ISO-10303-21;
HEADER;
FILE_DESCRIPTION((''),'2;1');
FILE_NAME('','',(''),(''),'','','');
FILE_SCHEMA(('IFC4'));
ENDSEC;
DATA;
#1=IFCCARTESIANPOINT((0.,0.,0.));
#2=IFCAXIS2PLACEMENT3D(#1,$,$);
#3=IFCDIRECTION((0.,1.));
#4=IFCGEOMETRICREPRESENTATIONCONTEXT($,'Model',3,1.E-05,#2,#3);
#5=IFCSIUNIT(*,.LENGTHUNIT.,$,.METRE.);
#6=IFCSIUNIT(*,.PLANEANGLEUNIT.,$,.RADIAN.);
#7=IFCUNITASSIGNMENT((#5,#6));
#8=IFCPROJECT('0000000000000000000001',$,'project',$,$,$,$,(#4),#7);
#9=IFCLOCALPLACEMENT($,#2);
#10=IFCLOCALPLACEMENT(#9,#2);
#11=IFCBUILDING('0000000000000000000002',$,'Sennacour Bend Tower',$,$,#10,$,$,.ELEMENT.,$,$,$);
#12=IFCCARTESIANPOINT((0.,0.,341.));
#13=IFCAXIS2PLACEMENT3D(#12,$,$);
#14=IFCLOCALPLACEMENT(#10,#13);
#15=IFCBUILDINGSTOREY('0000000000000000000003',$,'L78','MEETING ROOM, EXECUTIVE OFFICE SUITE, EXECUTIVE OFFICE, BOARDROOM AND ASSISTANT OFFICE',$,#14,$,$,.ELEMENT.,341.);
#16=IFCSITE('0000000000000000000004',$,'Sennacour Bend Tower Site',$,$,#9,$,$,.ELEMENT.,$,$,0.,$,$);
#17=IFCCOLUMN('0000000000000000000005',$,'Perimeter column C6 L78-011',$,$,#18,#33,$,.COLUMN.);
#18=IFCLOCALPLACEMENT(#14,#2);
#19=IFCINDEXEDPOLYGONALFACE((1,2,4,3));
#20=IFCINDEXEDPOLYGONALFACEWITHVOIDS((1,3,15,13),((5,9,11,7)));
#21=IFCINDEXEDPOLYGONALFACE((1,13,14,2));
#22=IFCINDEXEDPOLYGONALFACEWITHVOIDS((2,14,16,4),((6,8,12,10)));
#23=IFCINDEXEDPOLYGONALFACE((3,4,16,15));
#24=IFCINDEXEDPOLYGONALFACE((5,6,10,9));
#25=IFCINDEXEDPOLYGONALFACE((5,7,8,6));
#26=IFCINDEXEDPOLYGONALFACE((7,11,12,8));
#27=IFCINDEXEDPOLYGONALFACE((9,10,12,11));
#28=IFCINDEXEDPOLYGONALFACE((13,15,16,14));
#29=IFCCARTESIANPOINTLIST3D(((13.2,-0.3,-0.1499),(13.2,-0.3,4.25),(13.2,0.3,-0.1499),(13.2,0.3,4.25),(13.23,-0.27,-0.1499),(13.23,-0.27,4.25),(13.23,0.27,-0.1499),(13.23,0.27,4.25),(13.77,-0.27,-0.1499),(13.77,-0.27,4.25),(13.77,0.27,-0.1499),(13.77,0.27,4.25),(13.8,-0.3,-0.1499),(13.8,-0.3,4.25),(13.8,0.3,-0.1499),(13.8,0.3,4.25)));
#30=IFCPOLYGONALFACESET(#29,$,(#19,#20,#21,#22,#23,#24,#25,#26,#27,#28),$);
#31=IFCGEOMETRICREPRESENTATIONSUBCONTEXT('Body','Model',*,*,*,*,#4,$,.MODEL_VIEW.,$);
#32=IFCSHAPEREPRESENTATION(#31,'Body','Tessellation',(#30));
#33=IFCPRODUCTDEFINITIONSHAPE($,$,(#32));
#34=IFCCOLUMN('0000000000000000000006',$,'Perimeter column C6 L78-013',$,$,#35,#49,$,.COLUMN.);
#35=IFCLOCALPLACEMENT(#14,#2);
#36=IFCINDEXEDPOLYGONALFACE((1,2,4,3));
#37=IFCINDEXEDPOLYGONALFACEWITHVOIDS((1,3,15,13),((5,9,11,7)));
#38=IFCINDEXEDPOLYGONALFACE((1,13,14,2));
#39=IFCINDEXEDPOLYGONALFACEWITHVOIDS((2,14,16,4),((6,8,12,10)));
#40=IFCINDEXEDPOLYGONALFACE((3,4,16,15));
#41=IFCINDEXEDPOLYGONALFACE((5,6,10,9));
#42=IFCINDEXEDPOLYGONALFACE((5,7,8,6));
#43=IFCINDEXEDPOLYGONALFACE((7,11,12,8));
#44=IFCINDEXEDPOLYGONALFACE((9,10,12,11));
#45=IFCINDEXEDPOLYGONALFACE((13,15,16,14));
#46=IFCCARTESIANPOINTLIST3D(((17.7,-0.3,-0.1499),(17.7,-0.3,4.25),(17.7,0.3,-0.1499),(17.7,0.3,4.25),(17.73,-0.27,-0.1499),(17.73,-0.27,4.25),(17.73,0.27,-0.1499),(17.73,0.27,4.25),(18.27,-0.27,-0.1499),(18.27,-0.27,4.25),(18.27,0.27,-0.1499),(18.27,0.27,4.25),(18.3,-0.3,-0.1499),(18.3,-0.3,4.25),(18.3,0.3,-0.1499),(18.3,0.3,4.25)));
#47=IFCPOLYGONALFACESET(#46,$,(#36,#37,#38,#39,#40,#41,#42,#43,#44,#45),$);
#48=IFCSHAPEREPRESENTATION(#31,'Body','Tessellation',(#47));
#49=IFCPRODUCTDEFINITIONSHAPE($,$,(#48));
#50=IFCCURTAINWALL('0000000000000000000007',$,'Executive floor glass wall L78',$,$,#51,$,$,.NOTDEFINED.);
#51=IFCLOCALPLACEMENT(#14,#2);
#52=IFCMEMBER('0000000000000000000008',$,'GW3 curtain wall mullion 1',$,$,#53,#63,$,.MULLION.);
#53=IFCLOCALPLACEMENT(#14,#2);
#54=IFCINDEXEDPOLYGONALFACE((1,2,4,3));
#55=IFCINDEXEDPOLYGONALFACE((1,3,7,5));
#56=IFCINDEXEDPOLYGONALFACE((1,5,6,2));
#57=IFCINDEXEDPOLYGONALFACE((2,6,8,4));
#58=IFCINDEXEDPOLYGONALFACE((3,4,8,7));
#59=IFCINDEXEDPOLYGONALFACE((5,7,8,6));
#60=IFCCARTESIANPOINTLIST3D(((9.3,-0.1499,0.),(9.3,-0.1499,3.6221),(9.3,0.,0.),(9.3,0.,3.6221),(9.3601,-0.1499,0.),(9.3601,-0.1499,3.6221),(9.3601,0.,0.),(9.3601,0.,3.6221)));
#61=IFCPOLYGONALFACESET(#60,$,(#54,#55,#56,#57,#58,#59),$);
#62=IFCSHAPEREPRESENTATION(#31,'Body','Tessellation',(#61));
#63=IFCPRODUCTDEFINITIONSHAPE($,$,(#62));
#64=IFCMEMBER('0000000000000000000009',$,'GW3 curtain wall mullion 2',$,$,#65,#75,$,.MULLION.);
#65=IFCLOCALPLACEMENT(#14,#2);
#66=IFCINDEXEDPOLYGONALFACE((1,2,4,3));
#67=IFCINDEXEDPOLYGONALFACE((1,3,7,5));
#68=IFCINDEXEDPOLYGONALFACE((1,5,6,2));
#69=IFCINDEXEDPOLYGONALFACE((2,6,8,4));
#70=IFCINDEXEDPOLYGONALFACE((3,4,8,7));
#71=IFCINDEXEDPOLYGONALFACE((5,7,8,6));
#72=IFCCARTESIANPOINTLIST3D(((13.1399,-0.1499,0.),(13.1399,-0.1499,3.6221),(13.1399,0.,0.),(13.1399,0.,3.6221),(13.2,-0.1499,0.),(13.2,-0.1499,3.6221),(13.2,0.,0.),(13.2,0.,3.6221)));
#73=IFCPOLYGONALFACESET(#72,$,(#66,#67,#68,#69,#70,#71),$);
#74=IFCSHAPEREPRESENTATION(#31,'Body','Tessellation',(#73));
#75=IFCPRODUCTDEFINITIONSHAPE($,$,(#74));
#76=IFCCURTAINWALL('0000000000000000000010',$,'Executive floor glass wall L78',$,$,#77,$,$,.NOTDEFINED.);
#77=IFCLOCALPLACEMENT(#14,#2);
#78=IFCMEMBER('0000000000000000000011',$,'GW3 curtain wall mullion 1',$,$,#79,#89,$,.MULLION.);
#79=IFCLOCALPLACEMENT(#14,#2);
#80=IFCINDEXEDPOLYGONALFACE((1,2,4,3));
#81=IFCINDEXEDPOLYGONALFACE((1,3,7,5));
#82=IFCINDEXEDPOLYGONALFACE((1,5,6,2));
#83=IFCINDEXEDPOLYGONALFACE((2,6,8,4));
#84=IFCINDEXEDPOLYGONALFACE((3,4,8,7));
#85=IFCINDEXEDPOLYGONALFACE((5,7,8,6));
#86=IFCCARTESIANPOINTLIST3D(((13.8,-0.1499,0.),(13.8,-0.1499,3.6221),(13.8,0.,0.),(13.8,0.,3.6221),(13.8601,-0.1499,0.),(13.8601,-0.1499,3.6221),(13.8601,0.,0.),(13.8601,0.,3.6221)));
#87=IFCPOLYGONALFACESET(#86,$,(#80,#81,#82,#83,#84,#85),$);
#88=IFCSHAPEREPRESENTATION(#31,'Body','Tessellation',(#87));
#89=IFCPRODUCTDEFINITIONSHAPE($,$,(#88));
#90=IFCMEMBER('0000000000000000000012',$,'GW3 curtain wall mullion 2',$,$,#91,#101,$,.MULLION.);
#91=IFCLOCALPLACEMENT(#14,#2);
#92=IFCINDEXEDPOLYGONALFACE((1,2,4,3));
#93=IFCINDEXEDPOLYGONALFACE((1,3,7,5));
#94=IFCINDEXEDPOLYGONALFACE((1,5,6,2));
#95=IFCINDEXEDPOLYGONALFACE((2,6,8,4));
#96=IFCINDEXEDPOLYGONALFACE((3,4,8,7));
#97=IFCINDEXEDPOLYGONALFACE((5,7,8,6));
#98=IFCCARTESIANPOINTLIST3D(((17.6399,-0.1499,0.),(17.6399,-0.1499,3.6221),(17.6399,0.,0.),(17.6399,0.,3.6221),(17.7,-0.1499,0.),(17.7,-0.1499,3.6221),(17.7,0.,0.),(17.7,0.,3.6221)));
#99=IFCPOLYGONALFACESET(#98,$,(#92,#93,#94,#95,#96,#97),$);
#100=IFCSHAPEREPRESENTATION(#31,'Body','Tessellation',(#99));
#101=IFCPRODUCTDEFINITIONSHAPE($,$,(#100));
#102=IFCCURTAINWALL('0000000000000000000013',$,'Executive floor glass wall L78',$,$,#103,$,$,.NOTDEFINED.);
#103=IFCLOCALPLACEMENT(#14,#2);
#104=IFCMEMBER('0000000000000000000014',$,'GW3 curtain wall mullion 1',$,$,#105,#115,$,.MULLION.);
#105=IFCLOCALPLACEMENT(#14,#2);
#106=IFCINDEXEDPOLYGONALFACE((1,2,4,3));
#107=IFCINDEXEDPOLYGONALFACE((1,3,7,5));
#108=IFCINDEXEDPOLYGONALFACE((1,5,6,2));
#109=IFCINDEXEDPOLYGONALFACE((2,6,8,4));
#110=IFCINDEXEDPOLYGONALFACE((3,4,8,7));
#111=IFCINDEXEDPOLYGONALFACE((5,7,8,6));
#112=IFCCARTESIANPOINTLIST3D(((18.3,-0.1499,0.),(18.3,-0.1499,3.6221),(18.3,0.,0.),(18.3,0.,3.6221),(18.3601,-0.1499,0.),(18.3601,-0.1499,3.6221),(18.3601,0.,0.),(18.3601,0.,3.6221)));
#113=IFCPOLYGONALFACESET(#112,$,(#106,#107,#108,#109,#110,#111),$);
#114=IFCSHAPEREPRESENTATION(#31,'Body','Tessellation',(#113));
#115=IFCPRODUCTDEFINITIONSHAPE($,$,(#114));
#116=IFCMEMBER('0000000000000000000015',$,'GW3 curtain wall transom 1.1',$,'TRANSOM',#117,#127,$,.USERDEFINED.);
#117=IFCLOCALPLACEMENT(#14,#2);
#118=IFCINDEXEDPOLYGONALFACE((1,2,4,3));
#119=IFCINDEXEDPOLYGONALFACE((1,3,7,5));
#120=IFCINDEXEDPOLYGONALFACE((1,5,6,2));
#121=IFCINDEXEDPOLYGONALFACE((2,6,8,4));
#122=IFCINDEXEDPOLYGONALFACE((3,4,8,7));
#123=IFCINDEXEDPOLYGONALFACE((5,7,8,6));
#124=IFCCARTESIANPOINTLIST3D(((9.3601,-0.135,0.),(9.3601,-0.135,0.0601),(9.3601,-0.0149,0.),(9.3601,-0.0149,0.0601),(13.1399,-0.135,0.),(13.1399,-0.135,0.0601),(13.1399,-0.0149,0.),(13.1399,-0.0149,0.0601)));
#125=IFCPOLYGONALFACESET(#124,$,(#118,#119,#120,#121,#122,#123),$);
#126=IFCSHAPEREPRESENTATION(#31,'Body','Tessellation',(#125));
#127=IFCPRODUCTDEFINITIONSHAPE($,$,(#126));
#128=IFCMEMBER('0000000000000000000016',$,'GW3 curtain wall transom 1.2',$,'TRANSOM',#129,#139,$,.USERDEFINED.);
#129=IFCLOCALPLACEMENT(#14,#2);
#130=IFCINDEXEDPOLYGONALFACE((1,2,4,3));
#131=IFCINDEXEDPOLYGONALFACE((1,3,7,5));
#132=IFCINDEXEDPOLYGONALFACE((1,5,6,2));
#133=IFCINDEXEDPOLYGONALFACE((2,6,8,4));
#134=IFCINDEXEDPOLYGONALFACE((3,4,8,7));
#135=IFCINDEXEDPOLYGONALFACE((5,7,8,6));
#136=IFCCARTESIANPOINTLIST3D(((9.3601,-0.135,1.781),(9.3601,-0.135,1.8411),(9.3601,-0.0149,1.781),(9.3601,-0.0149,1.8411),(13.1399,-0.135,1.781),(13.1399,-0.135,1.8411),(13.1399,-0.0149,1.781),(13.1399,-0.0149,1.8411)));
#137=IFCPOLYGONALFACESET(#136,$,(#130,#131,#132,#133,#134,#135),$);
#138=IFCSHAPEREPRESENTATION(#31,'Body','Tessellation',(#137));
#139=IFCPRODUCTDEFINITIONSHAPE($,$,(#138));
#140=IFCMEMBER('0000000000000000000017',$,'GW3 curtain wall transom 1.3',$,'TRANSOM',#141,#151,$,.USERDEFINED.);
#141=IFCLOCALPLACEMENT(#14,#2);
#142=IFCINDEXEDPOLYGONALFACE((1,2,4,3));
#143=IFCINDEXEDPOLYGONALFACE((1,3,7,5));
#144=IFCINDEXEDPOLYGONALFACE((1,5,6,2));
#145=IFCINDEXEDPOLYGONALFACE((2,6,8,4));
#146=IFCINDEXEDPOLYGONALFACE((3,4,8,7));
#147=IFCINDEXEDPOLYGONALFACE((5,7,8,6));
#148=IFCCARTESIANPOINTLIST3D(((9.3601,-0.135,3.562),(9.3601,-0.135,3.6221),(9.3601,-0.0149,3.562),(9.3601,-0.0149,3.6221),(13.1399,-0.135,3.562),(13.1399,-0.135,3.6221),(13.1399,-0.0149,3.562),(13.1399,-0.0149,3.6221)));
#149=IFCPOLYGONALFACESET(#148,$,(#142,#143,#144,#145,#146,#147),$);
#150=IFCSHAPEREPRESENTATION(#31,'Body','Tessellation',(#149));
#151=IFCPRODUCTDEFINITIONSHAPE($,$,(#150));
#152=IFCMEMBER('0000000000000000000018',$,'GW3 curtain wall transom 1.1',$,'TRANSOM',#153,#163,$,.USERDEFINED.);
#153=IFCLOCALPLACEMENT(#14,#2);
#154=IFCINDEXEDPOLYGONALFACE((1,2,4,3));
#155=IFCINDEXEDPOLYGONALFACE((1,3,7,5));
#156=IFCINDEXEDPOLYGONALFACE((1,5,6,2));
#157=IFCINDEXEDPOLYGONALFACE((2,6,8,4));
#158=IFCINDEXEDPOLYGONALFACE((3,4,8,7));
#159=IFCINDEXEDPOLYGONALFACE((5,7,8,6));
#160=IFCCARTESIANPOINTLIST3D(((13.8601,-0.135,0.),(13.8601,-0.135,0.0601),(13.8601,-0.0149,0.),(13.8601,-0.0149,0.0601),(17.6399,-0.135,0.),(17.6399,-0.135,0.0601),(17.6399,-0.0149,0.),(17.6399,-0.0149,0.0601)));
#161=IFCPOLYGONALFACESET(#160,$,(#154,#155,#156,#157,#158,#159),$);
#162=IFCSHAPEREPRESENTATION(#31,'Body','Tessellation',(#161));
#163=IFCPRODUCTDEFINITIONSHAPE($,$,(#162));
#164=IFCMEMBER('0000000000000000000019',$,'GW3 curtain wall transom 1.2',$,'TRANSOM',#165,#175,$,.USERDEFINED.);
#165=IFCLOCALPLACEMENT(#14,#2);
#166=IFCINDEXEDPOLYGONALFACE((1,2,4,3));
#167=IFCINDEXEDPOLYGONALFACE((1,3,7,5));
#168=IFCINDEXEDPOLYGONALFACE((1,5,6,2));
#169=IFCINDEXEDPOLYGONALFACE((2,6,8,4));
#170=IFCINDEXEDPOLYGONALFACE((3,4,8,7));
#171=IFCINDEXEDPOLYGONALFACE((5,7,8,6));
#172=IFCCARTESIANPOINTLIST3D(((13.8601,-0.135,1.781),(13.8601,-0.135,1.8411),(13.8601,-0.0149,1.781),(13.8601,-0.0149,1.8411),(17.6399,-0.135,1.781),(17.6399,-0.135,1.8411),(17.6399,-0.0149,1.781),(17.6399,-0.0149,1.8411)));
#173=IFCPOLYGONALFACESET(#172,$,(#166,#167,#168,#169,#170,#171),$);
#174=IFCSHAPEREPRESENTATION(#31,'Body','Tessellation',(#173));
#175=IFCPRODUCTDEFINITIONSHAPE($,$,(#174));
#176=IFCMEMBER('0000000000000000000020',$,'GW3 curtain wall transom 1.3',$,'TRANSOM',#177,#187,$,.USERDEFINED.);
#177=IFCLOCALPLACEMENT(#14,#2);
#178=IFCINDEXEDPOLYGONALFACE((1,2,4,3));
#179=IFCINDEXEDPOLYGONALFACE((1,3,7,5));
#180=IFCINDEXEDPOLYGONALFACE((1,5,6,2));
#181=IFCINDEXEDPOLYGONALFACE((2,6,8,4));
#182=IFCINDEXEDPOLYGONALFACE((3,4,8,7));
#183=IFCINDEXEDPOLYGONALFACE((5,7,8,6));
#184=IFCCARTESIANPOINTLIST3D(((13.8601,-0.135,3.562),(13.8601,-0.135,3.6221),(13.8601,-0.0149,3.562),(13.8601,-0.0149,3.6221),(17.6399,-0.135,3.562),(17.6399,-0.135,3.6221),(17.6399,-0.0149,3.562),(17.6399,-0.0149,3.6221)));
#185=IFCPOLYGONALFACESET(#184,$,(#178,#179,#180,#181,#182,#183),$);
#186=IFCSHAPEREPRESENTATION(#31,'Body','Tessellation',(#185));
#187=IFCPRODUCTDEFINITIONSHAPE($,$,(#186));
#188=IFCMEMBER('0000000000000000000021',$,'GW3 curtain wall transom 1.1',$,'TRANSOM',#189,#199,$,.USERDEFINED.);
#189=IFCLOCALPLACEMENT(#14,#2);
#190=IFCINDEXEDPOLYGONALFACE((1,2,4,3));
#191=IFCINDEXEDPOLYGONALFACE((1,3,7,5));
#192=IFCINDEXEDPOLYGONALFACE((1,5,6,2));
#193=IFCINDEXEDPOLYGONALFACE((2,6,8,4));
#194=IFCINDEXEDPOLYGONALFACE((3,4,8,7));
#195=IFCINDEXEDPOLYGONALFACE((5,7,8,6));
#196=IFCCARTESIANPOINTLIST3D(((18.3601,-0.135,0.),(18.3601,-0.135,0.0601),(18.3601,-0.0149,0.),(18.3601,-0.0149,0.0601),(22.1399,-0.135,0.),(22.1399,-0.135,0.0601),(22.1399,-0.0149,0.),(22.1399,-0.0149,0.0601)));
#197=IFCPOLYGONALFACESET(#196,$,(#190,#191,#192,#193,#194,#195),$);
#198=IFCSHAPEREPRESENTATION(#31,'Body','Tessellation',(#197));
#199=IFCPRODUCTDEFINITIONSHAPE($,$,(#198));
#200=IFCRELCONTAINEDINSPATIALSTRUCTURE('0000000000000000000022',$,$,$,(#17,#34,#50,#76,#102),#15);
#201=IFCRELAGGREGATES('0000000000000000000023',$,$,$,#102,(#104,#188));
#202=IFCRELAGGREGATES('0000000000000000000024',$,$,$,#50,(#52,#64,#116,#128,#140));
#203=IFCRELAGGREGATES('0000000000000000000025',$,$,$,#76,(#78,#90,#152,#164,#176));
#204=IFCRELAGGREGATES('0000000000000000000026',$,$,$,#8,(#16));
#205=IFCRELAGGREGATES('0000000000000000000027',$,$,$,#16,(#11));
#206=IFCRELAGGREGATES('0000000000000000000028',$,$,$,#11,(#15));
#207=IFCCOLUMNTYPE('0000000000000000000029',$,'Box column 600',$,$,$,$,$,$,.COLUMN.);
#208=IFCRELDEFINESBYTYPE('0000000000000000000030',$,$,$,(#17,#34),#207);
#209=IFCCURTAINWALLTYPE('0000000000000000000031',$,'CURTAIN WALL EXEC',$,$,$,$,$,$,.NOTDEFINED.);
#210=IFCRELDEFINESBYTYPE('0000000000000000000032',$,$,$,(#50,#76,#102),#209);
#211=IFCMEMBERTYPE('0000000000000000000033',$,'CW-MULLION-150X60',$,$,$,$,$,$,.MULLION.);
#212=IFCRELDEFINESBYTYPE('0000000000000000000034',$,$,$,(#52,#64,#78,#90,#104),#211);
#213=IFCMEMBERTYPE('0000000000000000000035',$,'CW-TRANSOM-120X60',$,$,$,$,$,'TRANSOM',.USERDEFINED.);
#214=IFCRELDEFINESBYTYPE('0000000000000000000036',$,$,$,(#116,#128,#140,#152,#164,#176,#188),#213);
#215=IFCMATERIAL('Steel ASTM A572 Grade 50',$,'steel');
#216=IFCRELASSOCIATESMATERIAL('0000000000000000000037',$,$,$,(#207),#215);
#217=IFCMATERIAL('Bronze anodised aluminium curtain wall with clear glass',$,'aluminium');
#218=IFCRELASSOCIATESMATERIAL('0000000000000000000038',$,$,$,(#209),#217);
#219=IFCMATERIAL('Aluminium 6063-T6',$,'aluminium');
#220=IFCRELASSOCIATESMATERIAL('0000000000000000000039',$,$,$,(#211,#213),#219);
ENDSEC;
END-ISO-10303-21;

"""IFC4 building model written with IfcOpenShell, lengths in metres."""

from ifc_helpers import new_model, si_unit, direction, frame, origin, origin_2d, place, context, subcontext, project, spatial, rectangle, hollow_rectangle, extrude, material, material_profile, profile_set, type_object, element, aggregate, save


model = new_model("IFC4")

# Units and contexts
model_context = context("Model", 3, precision=1e-05, world=origin(), true_north=direction((0.0, 1.0)))
body_context = subcontext(model_context, "Body", "Model", "MODEL_VIEW")
ifc_project = project(units=[si_unit("LENGTHUNIT", "METRE"), si_unit("PLANEANGLEUNIT", "RADIAN")], contexts=[model_context])

# Site, building, storey
site_placement = place(None, origin())
site = spatial("IfcSite", under=ifc_project, at=site_placement, Name="Sennacour Bend Tower Site", CompositionType="ELEMENT", RefElevation=0.0)
building_placement = place(site_placement, origin())
building = spatial("IfcBuilding", under=site, at=building_placement, Name="Sennacour Bend Tower", CompositionType="ELEMENT")
storey_placement = place(building_placement, frame((0.0, 0.0, 341.0)))
storey = spatial("IfcBuildingStorey", under=building, at=storey_placement, Name="L78", Description="MEETING ROOM, EXECUTIVE OFFICE SUITE, EXECUTIVE OFFICE, BOARDROOM AND ASSISTANT OFFICE", CompositionType="ELEMENT", Elevation=341.0)

# Columns
ifc_material_1 = material(Name="Steel ASTM A572 Grade 50", Category="steel")
ifc_material_profile_1 = material_profile(ifc_material_1, hollow_rectangle(XDim=0.6001, YDim=0.6001, WallThickness=0.03, at=origin_2d()), Name="Steel ASTM A572 Grade 50", Category="steel")
ifc_profile_set_1 = profile_set([ifc_material_profile_1], Name="Steel ASTM A572 Grade 50")
column_type = type_object("IfcColumnType", Name="Box column 600", PredefinedType="COLUMN", material=ifc_profile_set_1)
for number, where, z_axis, x_axis, name in (
    (1, (13.5, 0.0, -0.1499), (0.0, 0.0, 1.0), (1.0, 0.0, 0.0), "Perimeter column C6 L78-011"),
    (2, (18.0, 0.0, -0.1499), (0.0, 0.0, 1.0), (1.0, 0.0, 0.0), "Perimeter column C6 L78-013"),
):
    element("IfcColumn", number, at=place(storey_placement, frame(where, z_axis=z_axis, x_axis=x_axis)), inside=storey, type_object=column_type, Name=name, PredefinedType="COLUMN", context=body_context, shape_type="SweptSolid", body=[
        extrude(hollow_rectangle(XDim=0.6001, YDim=0.6001, WallThickness=0.03, at=origin_2d()), origin(), (0.0, 0.0, 1.0), 4.3999),
    ])

# Curtain walls, members
ifc_material_2 = material(Name="Bronze anodised aluminium curtain wall with clear glass", Category="aluminium")
curtain_wall_type = type_object("IfcCurtainWallType", Name="CURTAIN WALL EXEC", PredefinedType="NOTDEFINED", material=ifc_material_2)
curtain_wall_1_placement = place(storey_placement, origin())
curtain_wall_1 = element("IfcCurtainWall", 3, at=curtain_wall_1_placement, inside=storey, type_object=curtain_wall_type, Name="Executive floor glass wall L78", PredefinedType="NOTDEFINED")
ifc_material_3 = material(Name="Aluminium 6063-T6", Category="aluminium")
ifc_material_profile_2 = material_profile(ifc_material_3, rectangle(XDim=0.1499, YDim=0.0601, at=origin_2d()), Name="Aluminium 6063-T6", Category="aluminium")
ifc_profile_set_2 = profile_set([ifc_material_profile_2], Name="Aluminium 6063-T6")
member_type_1 = type_object("IfcMemberType", Name="CW-MULLION-150X60", PredefinedType="MULLION", material=ifc_profile_set_2)
member_1_placement = place(storey_placement, frame((9.3301, -0.075, 0.0), z_axis=(0.0, 0.0, 1.0), x_axis=(0.0, 1.0, 0.0)))
member_1 = element("IfcMember", 4, at=member_1_placement, type_object=member_type_1, Name="GW3 curtain wall mullion 1", PredefinedType="MULLION", context=body_context, shape_type="SweptSolid", body=[
    extrude(rectangle(XDim=0.1499, YDim=0.0601, at=origin_2d()), origin(), (0.0, 0.0, 1.0), 3.6221),
])
member_2_placement = place(storey_placement, frame((13.1699, -0.075, 0.0), z_axis=(0.0, 0.0, 1.0), x_axis=(0.0, 1.0, 0.0)))
member_2 = element("IfcMember", 5, at=member_2_placement, type_object=member_type_1, Name="GW3 curtain wall mullion 2", PredefinedType="MULLION", context=body_context, shape_type="SweptSolid", body=[
    extrude(rectangle(XDim=0.1499, YDim=0.0601, at=origin_2d()), origin(), (0.0, 0.0, 1.0), 3.6221),
])
curtain_wall_2_placement = place(storey_placement, origin())
curtain_wall_2 = element("IfcCurtainWall", 6, at=curtain_wall_2_placement, inside=storey, type_object=curtain_wall_type, Name="Executive floor glass wall L78", PredefinedType="NOTDEFINED")
member_3_placement = place(storey_placement, frame((13.8301, -0.075, 0.0), z_axis=(0.0, 0.0, 1.0), x_axis=(0.0, 1.0, 0.0)))
member_3 = element("IfcMember", 7, at=member_3_placement, type_object=member_type_1, Name="GW3 curtain wall mullion 1", PredefinedType="MULLION", context=body_context, shape_type="SweptSolid", body=[
    extrude(rectangle(XDim=0.1499, YDim=0.0601, at=origin_2d()), origin(), (0.0, 0.0, 1.0), 3.6221),
])
member_4_placement = place(storey_placement, frame((17.6699, -0.075, 0.0), z_axis=(0.0, 0.0, 1.0), x_axis=(0.0, 1.0, 0.0)))
member_4 = element("IfcMember", 8, at=member_4_placement, type_object=member_type_1, Name="GW3 curtain wall mullion 2", PredefinedType="MULLION", context=body_context, shape_type="SweptSolid", body=[
    extrude(rectangle(XDim=0.1499, YDim=0.0601, at=origin_2d()), origin(), (0.0, 0.0, 1.0), 3.6221),
])

# Curtain wall, member
curtain_wall_3_placement = place(storey_placement, origin())
curtain_wall_3 = element("IfcCurtainWall", 9, at=curtain_wall_3_placement, inside=storey, type_object=curtain_wall_type, Name="Executive floor glass wall L78", PredefinedType="NOTDEFINED")
member_5_placement = place(storey_placement, frame((18.3301, -0.075, 0.0), z_axis=(0.0, 0.0, 1.0), x_axis=(0.0, 1.0, 0.0)))
member_5 = element("IfcMember", 10, at=member_5_placement, type_object=member_type_1, Name="GW3 curtain wall mullion 1", PredefinedType="MULLION", context=body_context, shape_type="SweptSolid", body=[
    extrude(rectangle(XDim=0.1499, YDim=0.0601, at=origin_2d()), origin(), (0.0, 0.0, 1.0), 3.6221),
])

# Members
ifc_material_profile_3 = material_profile(ifc_material_3, rectangle(XDim=0.1201, YDim=0.0601, at=origin_2d()), Name="Aluminium 6063-T6", Category="aluminium")
ifc_profile_set_3 = profile_set([ifc_material_profile_3], Name="Aluminium 6063-T6")
member_type_2 = type_object("IfcMemberType", Name="CW-TRANSOM-120X60", ElementType="TRANSOM", PredefinedType="USERDEFINED", material=ifc_profile_set_3)
member_6_placement = place(storey_placement, frame((9.3601, -0.075, 0.03), z_axis=(1.0, 0.0, 0.0), x_axis=(0.0, 1.0, 0.0)))
member_6 = element("IfcMember", 11, at=member_6_placement, type_object=member_type_2, Name="GW3 curtain wall transom 1.1", ObjectType="TRANSOM", PredefinedType="USERDEFINED", context=body_context, shape_type="SweptSolid", body=[
    extrude(rectangle(XDim=0.1201, YDim=0.0601, at=origin_2d()), origin(), (0.0, 0.0, 1.0), 3.7798),
])
member_7_placement = place(storey_placement, frame((9.3601, -0.075, 1.811), z_axis=(1.0, 0.0, 0.0), x_axis=(0.0, 1.0, 0.0)))
member_7 = element("IfcMember", 12, at=member_7_placement, type_object=member_type_2, Name="GW3 curtain wall transom 1.2", ObjectType="TRANSOM", PredefinedType="USERDEFINED", context=body_context, shape_type="SweptSolid", body=[
    extrude(rectangle(XDim=0.1201, YDim=0.0601, at=origin_2d()), origin(), (0.0, 0.0, 1.0), 3.7798),
])
member_8_placement = place(storey_placement, frame((9.3601, -0.075, 3.592), z_axis=(1.0, 0.0, 0.0), x_axis=(0.0, 1.0, 0.0)))
member_8 = element("IfcMember", 13, at=member_8_placement, type_object=member_type_2, Name="GW3 curtain wall transom 1.3", ObjectType="TRANSOM", PredefinedType="USERDEFINED", context=body_context, shape_type="SweptSolid", body=[
    extrude(rectangle(XDim=0.1201, YDim=0.0601, at=origin_2d()), origin(), (0.0, 0.0, 1.0), 3.7798),
])
member_9_placement = place(storey_placement, frame((13.8601, -0.075, 0.03), z_axis=(1.0, 0.0, 0.0), x_axis=(0.0, 1.0, 0.0)))
member_9 = element("IfcMember", 14, at=member_9_placement, type_object=member_type_2, Name="GW3 curtain wall transom 1.1", ObjectType="TRANSOM", PredefinedType="USERDEFINED", context=body_context, shape_type="SweptSolid", body=[
    extrude(rectangle(XDim=0.1201, YDim=0.0601, at=origin_2d()), origin(), (0.0, 0.0, 1.0), 3.7798),
])
member_10_placement = place(storey_placement, frame((13.8601, -0.075, 1.811), z_axis=(1.0, 0.0, 0.0), x_axis=(0.0, 1.0, 0.0)))
member_10 = element("IfcMember", 15, at=member_10_placement, type_object=member_type_2, Name="GW3 curtain wall transom 1.2", ObjectType="TRANSOM", PredefinedType="USERDEFINED", context=body_context, shape_type="SweptSolid", body=[
    extrude(rectangle(XDim=0.1201, YDim=0.0601, at=origin_2d()), origin(), (0.0, 0.0, 1.0), 3.7798),
])
member_11_placement = place(storey_placement, frame((13.8601, -0.075, 3.592), z_axis=(1.0, 0.0, 0.0), x_axis=(0.0, 1.0, 0.0)))
member_11 = element("IfcMember", 16, at=member_11_placement, type_object=member_type_2, Name="GW3 curtain wall transom 1.3", ObjectType="TRANSOM", PredefinedType="USERDEFINED", context=body_context, shape_type="SweptSolid", body=[
    extrude(rectangle(XDim=0.1201, YDim=0.0601, at=origin_2d()), origin(), (0.0, 0.0, 1.0), 3.7798),
])
member_12_placement = place(storey_placement, frame((18.3601, -0.075, 0.03), z_axis=(1.0, 0.0, 0.0), x_axis=(0.0, 1.0, 0.0)))
member_12 = element("IfcMember", 17, at=member_12_placement, type_object=member_type_2, Name="GW3 curtain wall transom 1.1", ObjectType="TRANSOM", PredefinedType="USERDEFINED", context=body_context, shape_type="SweptSolid", body=[
    extrude(rectangle(XDim=0.1201, YDim=0.0601, at=origin_2d()), origin(), (0.0, 0.0, 1.0), 3.7798),
])
aggregate(curtain_wall_3, [member_5, member_12])

aggregate(curtain_wall_1, [member_1, member_2, member_6, member_7, member_8])
aggregate(curtain_wall_2, [member_3, member_4, member_9, member_10, member_11])

save(model, "model.ifc")
